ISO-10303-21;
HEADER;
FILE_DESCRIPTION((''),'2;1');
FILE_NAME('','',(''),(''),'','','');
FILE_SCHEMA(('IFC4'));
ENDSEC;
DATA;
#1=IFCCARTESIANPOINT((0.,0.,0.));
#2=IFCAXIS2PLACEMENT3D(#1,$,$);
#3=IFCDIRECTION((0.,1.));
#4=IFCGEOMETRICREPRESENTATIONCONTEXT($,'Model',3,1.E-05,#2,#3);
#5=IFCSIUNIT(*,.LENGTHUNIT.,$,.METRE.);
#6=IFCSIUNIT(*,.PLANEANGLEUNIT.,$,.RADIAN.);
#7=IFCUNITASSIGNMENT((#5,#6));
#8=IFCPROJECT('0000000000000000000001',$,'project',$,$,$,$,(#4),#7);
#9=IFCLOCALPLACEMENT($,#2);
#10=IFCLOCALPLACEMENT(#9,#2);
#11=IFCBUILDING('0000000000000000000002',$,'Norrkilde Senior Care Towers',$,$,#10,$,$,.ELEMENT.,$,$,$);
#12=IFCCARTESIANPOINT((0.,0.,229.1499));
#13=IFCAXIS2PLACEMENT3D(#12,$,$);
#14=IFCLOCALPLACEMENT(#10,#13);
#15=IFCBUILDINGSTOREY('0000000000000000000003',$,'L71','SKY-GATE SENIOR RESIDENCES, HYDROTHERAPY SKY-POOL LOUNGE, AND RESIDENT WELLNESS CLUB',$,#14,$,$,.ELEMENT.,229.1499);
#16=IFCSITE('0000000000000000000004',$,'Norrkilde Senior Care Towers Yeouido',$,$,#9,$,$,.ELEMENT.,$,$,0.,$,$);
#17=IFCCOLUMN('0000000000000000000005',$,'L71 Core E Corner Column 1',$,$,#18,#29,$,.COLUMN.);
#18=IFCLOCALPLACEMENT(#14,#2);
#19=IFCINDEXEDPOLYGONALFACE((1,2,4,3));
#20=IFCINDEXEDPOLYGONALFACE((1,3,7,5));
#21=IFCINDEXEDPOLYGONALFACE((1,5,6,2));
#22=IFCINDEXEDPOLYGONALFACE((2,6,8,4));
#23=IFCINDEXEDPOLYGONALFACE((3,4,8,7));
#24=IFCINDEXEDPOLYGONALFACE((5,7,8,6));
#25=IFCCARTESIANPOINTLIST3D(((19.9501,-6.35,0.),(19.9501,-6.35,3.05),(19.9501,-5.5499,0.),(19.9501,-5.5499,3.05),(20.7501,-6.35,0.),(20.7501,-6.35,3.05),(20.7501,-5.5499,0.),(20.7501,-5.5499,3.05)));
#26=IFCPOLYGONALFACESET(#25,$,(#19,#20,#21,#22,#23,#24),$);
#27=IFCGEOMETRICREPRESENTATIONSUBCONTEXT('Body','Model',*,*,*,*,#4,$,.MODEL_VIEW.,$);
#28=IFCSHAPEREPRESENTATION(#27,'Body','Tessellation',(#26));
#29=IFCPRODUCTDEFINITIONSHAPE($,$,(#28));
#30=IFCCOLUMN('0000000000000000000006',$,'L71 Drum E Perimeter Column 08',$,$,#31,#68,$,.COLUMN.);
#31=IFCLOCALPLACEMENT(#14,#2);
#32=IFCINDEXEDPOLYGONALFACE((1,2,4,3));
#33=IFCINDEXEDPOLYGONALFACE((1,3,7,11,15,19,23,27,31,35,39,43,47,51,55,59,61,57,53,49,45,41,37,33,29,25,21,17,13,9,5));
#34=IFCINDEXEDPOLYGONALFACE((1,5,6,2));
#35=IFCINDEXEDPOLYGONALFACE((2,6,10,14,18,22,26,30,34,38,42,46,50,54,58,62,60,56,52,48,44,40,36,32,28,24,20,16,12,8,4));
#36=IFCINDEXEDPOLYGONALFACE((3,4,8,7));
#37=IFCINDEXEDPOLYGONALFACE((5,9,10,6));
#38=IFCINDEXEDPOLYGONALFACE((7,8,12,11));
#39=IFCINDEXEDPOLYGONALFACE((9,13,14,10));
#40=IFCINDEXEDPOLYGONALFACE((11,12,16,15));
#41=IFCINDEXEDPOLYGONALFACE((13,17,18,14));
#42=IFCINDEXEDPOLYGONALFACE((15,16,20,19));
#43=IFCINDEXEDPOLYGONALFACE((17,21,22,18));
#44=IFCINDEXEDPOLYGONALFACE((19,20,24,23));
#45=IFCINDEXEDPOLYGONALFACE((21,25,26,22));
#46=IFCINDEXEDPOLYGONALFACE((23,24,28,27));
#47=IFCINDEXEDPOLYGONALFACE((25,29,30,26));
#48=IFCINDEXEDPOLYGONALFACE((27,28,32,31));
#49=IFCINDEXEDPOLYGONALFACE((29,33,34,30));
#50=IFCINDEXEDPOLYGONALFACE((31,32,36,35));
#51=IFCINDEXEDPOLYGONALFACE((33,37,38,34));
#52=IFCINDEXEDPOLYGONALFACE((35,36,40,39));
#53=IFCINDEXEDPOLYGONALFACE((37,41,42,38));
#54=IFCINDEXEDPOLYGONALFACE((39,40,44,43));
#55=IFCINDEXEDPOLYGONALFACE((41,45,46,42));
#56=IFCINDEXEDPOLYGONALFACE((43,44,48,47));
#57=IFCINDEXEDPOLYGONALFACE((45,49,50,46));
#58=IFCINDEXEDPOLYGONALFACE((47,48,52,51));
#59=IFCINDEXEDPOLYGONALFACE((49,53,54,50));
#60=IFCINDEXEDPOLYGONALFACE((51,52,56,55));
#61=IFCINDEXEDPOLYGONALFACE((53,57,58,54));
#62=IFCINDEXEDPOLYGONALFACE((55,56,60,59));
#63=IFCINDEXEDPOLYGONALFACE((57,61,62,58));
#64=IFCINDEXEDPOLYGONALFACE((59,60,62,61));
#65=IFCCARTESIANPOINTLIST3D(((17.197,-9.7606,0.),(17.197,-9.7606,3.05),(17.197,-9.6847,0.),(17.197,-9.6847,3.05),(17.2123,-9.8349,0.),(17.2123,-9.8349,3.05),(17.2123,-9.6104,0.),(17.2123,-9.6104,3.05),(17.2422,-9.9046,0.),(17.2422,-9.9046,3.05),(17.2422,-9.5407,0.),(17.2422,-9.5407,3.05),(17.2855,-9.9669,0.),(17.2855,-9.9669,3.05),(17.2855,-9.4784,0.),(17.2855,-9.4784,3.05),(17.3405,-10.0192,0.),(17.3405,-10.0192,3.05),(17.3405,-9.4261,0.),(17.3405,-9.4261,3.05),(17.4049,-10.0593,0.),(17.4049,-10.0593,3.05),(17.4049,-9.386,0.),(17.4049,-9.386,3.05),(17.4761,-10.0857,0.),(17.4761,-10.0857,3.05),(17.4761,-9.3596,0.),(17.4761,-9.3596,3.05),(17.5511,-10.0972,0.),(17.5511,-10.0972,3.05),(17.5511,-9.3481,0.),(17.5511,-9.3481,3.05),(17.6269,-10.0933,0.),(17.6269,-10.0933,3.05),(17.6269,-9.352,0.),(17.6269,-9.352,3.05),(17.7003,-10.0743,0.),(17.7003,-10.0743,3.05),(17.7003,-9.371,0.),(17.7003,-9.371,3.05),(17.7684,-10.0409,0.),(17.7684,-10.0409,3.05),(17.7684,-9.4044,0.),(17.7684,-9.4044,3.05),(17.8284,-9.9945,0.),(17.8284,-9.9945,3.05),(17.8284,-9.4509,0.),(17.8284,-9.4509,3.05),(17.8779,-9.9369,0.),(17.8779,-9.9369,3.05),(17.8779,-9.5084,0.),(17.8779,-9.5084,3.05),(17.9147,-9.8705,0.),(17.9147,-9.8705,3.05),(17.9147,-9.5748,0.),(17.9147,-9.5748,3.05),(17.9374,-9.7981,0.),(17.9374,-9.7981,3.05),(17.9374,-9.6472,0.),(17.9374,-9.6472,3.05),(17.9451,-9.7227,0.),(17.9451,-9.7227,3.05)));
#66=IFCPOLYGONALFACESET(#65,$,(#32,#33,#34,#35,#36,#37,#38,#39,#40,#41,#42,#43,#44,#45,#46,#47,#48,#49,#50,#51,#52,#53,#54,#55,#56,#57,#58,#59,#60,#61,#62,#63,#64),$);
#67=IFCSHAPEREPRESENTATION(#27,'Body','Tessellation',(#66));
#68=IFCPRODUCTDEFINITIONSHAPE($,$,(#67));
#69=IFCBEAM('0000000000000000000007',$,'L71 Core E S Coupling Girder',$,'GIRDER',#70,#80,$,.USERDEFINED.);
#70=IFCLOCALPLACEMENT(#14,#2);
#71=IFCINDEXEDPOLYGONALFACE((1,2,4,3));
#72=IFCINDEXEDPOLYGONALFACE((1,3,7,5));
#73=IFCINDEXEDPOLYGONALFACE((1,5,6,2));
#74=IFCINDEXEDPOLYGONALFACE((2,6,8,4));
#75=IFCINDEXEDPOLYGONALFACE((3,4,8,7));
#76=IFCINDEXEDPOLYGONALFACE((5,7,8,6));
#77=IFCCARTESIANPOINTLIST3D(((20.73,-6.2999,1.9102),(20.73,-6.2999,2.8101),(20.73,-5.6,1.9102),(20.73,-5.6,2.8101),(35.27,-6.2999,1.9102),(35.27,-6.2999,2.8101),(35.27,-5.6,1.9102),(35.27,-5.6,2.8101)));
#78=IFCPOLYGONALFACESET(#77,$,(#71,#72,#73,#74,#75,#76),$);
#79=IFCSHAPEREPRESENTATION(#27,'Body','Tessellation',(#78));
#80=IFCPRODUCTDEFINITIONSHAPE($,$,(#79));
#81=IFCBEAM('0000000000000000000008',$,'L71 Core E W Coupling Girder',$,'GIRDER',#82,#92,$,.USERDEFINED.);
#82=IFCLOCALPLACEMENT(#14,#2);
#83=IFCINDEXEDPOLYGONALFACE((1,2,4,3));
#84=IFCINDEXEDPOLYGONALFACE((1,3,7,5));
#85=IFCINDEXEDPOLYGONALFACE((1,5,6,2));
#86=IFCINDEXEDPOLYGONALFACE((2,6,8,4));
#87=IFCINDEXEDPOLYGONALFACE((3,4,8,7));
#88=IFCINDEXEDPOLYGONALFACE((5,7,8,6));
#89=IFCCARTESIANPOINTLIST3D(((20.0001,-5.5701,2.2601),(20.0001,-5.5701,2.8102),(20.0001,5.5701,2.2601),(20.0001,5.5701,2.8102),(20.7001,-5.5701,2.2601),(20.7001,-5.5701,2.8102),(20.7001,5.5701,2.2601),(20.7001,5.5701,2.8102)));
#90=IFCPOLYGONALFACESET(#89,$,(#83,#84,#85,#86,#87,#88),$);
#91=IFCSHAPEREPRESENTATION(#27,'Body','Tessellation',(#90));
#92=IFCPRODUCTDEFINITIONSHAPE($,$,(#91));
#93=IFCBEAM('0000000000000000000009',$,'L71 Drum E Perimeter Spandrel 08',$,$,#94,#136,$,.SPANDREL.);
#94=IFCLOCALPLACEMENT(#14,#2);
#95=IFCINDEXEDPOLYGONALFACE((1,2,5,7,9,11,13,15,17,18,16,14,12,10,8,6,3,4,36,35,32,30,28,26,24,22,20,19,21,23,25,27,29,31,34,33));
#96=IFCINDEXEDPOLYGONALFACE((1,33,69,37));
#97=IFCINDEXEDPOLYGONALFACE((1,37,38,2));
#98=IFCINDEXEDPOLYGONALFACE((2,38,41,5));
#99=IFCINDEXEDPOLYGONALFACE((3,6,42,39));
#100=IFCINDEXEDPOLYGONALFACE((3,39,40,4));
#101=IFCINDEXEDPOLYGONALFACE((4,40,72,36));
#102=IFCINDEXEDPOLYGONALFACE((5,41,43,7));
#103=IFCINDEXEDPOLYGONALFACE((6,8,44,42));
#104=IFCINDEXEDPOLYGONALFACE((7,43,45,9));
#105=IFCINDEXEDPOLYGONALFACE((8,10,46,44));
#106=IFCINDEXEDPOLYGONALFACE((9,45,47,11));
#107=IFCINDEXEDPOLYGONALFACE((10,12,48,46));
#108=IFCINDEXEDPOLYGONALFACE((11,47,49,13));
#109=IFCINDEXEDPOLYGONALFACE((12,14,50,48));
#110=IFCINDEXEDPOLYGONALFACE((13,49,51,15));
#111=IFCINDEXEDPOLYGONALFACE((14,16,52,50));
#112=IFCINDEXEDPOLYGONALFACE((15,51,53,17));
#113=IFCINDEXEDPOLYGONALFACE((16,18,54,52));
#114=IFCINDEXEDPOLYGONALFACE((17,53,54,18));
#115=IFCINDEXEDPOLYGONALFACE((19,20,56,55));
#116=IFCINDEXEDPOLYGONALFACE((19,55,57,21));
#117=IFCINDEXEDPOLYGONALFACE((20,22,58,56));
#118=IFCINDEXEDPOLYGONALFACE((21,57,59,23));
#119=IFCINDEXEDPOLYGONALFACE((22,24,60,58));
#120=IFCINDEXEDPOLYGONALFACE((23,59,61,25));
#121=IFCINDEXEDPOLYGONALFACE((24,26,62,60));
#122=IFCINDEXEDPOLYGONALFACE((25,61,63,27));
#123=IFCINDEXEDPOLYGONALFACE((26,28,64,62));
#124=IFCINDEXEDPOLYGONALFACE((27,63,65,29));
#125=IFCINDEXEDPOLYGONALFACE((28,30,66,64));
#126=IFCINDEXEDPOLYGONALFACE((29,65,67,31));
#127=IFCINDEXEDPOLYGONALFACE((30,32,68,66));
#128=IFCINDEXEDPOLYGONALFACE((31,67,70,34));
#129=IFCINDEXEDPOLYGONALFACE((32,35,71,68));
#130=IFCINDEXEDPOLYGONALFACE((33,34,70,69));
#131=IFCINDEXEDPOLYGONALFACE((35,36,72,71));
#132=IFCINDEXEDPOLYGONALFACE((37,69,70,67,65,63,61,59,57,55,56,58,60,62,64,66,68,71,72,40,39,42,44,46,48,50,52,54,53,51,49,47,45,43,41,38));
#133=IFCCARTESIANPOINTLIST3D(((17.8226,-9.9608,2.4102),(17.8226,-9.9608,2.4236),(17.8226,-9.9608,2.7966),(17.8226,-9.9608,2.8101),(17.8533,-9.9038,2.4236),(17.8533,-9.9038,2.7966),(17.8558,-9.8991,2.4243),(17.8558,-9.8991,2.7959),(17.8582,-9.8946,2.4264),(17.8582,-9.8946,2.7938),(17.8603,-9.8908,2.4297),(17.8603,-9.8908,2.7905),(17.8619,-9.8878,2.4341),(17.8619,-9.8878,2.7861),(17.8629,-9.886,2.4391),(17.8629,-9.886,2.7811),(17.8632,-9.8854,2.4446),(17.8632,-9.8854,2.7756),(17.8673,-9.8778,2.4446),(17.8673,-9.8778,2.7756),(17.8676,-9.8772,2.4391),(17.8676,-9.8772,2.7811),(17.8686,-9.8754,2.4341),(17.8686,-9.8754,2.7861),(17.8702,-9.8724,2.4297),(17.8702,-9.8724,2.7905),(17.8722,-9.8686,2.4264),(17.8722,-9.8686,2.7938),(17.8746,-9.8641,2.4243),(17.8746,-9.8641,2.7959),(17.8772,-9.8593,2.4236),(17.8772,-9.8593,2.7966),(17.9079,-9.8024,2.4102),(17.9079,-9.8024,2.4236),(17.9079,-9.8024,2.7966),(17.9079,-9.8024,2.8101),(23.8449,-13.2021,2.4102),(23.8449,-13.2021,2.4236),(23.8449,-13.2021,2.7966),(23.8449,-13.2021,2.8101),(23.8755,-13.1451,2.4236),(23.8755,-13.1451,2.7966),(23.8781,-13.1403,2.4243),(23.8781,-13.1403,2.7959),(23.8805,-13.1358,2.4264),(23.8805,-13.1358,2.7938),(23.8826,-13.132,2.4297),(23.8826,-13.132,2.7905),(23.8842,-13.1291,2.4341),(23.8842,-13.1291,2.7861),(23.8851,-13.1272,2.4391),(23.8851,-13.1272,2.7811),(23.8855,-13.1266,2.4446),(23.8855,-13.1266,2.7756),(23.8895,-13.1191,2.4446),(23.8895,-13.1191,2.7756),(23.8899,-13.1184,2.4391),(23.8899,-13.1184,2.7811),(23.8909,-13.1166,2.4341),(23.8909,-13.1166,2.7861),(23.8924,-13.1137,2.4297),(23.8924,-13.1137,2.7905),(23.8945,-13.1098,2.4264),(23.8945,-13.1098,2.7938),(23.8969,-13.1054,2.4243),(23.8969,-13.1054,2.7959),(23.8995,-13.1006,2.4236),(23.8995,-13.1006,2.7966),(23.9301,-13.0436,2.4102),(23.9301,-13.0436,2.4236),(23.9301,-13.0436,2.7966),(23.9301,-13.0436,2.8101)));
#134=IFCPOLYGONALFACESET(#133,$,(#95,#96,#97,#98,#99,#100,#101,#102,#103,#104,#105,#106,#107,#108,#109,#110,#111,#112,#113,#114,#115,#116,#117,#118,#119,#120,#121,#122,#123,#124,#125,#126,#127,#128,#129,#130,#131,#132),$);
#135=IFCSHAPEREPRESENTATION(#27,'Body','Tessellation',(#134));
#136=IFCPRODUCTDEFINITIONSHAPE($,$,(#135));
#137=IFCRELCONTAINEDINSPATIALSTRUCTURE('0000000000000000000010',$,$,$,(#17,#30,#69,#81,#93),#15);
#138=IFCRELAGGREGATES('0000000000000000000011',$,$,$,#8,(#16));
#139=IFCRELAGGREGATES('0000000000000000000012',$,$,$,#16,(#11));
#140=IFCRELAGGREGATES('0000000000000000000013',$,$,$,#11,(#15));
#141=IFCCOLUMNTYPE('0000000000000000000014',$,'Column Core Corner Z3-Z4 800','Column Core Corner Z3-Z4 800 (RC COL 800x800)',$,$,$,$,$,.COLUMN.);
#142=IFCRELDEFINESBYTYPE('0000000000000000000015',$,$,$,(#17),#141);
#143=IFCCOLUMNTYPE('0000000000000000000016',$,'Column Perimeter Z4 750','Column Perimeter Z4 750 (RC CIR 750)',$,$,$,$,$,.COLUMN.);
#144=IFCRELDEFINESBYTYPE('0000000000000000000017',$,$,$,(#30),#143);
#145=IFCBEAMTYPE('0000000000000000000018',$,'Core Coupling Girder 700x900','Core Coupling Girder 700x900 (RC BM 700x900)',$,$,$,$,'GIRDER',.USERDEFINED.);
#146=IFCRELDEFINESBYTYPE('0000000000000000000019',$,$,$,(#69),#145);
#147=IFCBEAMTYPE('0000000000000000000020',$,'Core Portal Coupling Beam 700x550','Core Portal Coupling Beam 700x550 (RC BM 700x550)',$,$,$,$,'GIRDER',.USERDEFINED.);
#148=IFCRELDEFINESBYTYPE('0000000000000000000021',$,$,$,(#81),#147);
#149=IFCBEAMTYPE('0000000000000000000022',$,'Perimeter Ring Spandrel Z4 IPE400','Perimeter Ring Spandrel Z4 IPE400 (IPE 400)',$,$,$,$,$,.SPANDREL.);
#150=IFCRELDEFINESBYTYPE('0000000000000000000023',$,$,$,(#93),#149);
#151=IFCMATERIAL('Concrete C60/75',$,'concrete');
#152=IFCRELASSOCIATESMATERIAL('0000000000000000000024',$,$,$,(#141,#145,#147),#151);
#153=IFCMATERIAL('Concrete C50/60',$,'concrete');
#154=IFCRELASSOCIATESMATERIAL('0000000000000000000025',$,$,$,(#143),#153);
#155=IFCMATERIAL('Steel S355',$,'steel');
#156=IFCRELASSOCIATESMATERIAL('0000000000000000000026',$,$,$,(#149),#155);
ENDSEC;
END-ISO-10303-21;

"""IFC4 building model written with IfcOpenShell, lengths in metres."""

from ifc_helpers import new_model, si_unit, direction, frame, origin, origin_2d, place, context, subcontext, project, spatial, rectangle, circle, i_section, extrude, source, transform, mapped, material, material_profile, profile_set, type_object, type_shapes, element, save


model = new_model("IFC4")

# Units and contexts
model_context = context("Model", 3, precision=1e-05, world=origin(), true_north=direction((0.0, 1.0)))
body_context = subcontext(model_context, "Body", "Model", "MODEL_VIEW")
ifc_project = project(units=[si_unit("LENGTHUNIT", "METRE"), si_unit("PLANEANGLEUNIT", "RADIAN")], contexts=[model_context])

# Site, building, storey
site_placement = place(None, origin())
site = spatial("IfcSite", under=ifc_project, at=site_placement, Name="Norrkilde Senior Care Towers Yeouido", CompositionType="ELEMENT", RefElevation=0.0)
building_placement = place(site_placement, origin())
building = spatial("IfcBuilding", under=site, at=building_placement, Name="Norrkilde Senior Care Towers", CompositionType="ELEMENT")
storey_placement = place(building_placement, frame((0.0, 0.0, 229.1499)))
storey = spatial("IfcBuildingStorey", under=building, at=storey_placement, Name="L71", Description="SKY-GATE SENIOR RESIDENCES, HYDROTHERAPY SKY-POOL LOUNGE, AND RESIDENT WELLNESS CLUB", CompositionType="ELEMENT", Elevation=229.1499)

# Columns
ifc_material_1 = material(Name="Concrete C60/75", Category="concrete")
ifc_material_profile_1 = material_profile(ifc_material_1, rectangle(XDim=0.8, YDim=0.8, at=origin_2d()), Name="RC COL 800x800")
ifc_profile_set_1 = profile_set([ifc_material_profile_1], Name="Concrete C60/75")
column_type_1 = type_object("IfcColumnType", Name="Column Core Corner Z3-Z4 800", Description="Column Core Corner Z3-Z4 800 (RC COL 800x800)", PredefinedType="COLUMN", material=ifc_profile_set_1)
shared_shape_1 = source(origin(), body_context, "Body", "SweptSolid", [
    extrude(rectangle(XDim=0.8, YDim=0.8, at=origin_2d()), origin(), (0.0, 0.0, 1.0), 3.05),
])
type_shapes(column_type_1, [shared_shape_1])
column_1_placement = place(storey_placement, frame((20.3501, -5.95, 0.0), z_axis=(0.0, 0.0, 1.0), x_axis=(1.0, 0.0, 0.0)))
element("IfcColumn", 1, at=column_1_placement, inside=storey, type_object=column_type_1, Name="L71 Core E Corner Column 1", PredefinedType="COLUMN", context=body_context, shape_type="MappedRepresentation", body=[
    mapped(shared_shape_1, transform((0.0, 0.0, 0.0), x_axis=(1.0, 0.0, 0.0), y_axis=(0.0, 1.0, 0.0), z_axis=(0.0, 0.0, 1.0), scale=1.0)),
])
ifc_material_2 = material(Name="Concrete C50/60", Category="concrete")
ifc_material_profile_2 = material_profile(ifc_material_2, circle(Radius=0.375, at=origin_2d()), Name="RC CIR 750")
ifc_profile_set_2 = profile_set([ifc_material_profile_2], Name="Concrete C50/60")
column_type_2 = type_object("IfcColumnType", Name="Column Perimeter Z4 750", Description="Column Perimeter Z4 750 (RC CIR 750)", PredefinedType="COLUMN", material=ifc_profile_set_2)
shared_shape_2 = source(origin(), body_context, "Body", "SweptSolid", [
    extrude(circle(Radius=0.375, at=origin_2d()), origin(), (0.0, 0.0, 1.0), 3.05),
])
type_shapes(column_type_2, [shared_shape_2])
column_2_placement = place(storey_placement, frame((17.5701, -9.7227, 0.0), z_axis=(0.0, 0.0, 1.0), x_axis=(1.0, 0.0, 0.0)))
element("IfcColumn", 2, at=column_2_placement, inside=storey, type_object=column_type_2, Name="L71 Drum E Perimeter Column 08", PredefinedType="COLUMN", context=body_context, shape_type="MappedRepresentation", body=[
    mapped(shared_shape_2, transform((0.0, 0.0, 0.0), x_axis=(1.0, 0.0, 0.0), y_axis=(0.0, 1.0, 0.0), z_axis=(0.0, 0.0, 1.0), scale=1.0)),
])

# Beams
ifc_material_profile_3 = material_profile(ifc_material_1, rectangle(XDim=0.7, YDim=0.8999, at=origin_2d()), Name="RC BM 700x900")
ifc_profile_set_3 = profile_set([ifc_material_profile_3], Name="Concrete C60/75")
beam_type_1 = type_object("IfcBeamType", Name="Core Coupling Girder 700x900", Description="Core Coupling Girder 700x900 (RC BM 700x900)", ElementType="GIRDER", PredefinedType="USERDEFINED", material=ifc_profile_set_3)
shared_shape_3 = source(origin(), body_context, "Body", "SweptSolid", [
    extrude(rectangle(XDim=0.7, YDim=0.8999, at=origin_2d()), origin(), (0.0, 0.0, 1.0), 14.54),
])
type_shapes(beam_type_1, [shared_shape_3])
beam_1_placement = place(storey_placement, frame((20.73, -5.95, 2.3601), z_axis=(1.0, 0.0, 0.0), x_axis=(0.0, 1.0, 0.0)))
element("IfcBeam", 3, at=beam_1_placement, inside=storey, type_object=beam_type_1, Name="L71 Core E S Coupling Girder", ObjectType="GIRDER", PredefinedType="USERDEFINED", context=body_context, shape_type="MappedRepresentation", body=[
    mapped(shared_shape_3, transform((0.0, 0.0, 0.0), x_axis=(1.0, 0.0, 0.0), y_axis=(0.0, 1.0, 0.0), z_axis=(0.0, 0.0, 1.0), scale=1.0)),
])
ifc_material_profile_4 = material_profile(ifc_material_1, rectangle(XDim=0.7, YDim=0.55, at=origin_2d()), Name="RC BM 700x550")
ifc_profile_set_4 = profile_set([ifc_material_profile_4], Name="Concrete C60/75")
beam_type_2 = type_object("IfcBeamType", Name="Core Portal Coupling Beam 700x550", Description="Core Portal Coupling Beam 700x550 (RC BM 700x550)", ElementType="GIRDER", PredefinedType="USERDEFINED", material=ifc_profile_set_4)
shared_shape_4 = source(origin(), body_context, "Body", "SweptSolid", [
    extrude(rectangle(XDim=0.7, YDim=0.55, at=origin_2d()), origin(), (0.0, 0.0, 1.0), 11.1401),
])
type_shapes(beam_type_2, [shared_shape_4])
beam_2_placement = place(storey_placement, frame((20.3501, -5.5701, 2.5352), z_axis=(0.0, 1.0, 0.0), x_axis=(-1.0, 0.0, 0.0)))
element("IfcBeam", 4, at=beam_2_placement, inside=storey, type_object=beam_type_2, Name="L71 Core E W Coupling Girder", ObjectType="GIRDER", PredefinedType="USERDEFINED", context=body_context, shape_type="MappedRepresentation", body=[
    mapped(shared_shape_4, transform((0.0, 0.0, 0.0), x_axis=(1.0, 0.0, 0.0), y_axis=(0.0, 1.0, 0.0), z_axis=(0.0, 0.0, 1.0), scale=1.0)),
])
ifc_material_3 = material(Name="Steel S355", Category="steel")
ifc_material_profile_5 = material_profile(ifc_material_3, i_section(OverallWidth=0.1799, OverallDepth=0.3999, WebThickness=0.0085, FlangeThickness=0.0134, FilletRadius=0.021, at=origin_2d()), Name="IPE 400")
ifc_profile_set_5 = profile_set([ifc_material_profile_5], Name="Steel S355")
beam_type_3 = type_object("IfcBeamType", Name="Perimeter Ring Spandrel Z4 IPE400", Description="Perimeter Ring Spandrel Z4 IPE400 (IPE 400)", PredefinedType="SPANDREL", material=ifc_profile_set_5)
shared_shape_5 = source(origin(), body_context, "Body", "SweptSolid", [
    extrude(i_section(OverallWidth=0.1799, OverallDepth=0.3999, WebThickness=0.0085, FlangeThickness=0.0134, FilletRadius=0.021, at=origin_2d()), origin(), (0.0, 0.0, 1.0), 6.8391),
])
type_shapes(beam_type_3, [shared_shape_5])
beam_3_placement = place(storey_placement, frame((17.8652, -9.8816, 2.6101), z_axis=(0.880564, -0.473927, 0.0), x_axis=(0.473927, 0.880564, 0.0)))
element("IfcBeam", 5, at=beam_3_placement, inside=storey, type_object=beam_type_3, Name="L71 Drum E Perimeter Spandrel 08", PredefinedType="SPANDREL", context=body_context, shape_type="MappedRepresentation", body=[
    mapped(shared_shape_5, transform((0.0, 0.0, 0.0), x_axis=(1.0, 0.0, 0.0), y_axis=(0.0, 1.0, 0.0), z_axis=(0.0, 0.0, 1.0), scale=1.0)),
])

save(model, "model.ifc")
